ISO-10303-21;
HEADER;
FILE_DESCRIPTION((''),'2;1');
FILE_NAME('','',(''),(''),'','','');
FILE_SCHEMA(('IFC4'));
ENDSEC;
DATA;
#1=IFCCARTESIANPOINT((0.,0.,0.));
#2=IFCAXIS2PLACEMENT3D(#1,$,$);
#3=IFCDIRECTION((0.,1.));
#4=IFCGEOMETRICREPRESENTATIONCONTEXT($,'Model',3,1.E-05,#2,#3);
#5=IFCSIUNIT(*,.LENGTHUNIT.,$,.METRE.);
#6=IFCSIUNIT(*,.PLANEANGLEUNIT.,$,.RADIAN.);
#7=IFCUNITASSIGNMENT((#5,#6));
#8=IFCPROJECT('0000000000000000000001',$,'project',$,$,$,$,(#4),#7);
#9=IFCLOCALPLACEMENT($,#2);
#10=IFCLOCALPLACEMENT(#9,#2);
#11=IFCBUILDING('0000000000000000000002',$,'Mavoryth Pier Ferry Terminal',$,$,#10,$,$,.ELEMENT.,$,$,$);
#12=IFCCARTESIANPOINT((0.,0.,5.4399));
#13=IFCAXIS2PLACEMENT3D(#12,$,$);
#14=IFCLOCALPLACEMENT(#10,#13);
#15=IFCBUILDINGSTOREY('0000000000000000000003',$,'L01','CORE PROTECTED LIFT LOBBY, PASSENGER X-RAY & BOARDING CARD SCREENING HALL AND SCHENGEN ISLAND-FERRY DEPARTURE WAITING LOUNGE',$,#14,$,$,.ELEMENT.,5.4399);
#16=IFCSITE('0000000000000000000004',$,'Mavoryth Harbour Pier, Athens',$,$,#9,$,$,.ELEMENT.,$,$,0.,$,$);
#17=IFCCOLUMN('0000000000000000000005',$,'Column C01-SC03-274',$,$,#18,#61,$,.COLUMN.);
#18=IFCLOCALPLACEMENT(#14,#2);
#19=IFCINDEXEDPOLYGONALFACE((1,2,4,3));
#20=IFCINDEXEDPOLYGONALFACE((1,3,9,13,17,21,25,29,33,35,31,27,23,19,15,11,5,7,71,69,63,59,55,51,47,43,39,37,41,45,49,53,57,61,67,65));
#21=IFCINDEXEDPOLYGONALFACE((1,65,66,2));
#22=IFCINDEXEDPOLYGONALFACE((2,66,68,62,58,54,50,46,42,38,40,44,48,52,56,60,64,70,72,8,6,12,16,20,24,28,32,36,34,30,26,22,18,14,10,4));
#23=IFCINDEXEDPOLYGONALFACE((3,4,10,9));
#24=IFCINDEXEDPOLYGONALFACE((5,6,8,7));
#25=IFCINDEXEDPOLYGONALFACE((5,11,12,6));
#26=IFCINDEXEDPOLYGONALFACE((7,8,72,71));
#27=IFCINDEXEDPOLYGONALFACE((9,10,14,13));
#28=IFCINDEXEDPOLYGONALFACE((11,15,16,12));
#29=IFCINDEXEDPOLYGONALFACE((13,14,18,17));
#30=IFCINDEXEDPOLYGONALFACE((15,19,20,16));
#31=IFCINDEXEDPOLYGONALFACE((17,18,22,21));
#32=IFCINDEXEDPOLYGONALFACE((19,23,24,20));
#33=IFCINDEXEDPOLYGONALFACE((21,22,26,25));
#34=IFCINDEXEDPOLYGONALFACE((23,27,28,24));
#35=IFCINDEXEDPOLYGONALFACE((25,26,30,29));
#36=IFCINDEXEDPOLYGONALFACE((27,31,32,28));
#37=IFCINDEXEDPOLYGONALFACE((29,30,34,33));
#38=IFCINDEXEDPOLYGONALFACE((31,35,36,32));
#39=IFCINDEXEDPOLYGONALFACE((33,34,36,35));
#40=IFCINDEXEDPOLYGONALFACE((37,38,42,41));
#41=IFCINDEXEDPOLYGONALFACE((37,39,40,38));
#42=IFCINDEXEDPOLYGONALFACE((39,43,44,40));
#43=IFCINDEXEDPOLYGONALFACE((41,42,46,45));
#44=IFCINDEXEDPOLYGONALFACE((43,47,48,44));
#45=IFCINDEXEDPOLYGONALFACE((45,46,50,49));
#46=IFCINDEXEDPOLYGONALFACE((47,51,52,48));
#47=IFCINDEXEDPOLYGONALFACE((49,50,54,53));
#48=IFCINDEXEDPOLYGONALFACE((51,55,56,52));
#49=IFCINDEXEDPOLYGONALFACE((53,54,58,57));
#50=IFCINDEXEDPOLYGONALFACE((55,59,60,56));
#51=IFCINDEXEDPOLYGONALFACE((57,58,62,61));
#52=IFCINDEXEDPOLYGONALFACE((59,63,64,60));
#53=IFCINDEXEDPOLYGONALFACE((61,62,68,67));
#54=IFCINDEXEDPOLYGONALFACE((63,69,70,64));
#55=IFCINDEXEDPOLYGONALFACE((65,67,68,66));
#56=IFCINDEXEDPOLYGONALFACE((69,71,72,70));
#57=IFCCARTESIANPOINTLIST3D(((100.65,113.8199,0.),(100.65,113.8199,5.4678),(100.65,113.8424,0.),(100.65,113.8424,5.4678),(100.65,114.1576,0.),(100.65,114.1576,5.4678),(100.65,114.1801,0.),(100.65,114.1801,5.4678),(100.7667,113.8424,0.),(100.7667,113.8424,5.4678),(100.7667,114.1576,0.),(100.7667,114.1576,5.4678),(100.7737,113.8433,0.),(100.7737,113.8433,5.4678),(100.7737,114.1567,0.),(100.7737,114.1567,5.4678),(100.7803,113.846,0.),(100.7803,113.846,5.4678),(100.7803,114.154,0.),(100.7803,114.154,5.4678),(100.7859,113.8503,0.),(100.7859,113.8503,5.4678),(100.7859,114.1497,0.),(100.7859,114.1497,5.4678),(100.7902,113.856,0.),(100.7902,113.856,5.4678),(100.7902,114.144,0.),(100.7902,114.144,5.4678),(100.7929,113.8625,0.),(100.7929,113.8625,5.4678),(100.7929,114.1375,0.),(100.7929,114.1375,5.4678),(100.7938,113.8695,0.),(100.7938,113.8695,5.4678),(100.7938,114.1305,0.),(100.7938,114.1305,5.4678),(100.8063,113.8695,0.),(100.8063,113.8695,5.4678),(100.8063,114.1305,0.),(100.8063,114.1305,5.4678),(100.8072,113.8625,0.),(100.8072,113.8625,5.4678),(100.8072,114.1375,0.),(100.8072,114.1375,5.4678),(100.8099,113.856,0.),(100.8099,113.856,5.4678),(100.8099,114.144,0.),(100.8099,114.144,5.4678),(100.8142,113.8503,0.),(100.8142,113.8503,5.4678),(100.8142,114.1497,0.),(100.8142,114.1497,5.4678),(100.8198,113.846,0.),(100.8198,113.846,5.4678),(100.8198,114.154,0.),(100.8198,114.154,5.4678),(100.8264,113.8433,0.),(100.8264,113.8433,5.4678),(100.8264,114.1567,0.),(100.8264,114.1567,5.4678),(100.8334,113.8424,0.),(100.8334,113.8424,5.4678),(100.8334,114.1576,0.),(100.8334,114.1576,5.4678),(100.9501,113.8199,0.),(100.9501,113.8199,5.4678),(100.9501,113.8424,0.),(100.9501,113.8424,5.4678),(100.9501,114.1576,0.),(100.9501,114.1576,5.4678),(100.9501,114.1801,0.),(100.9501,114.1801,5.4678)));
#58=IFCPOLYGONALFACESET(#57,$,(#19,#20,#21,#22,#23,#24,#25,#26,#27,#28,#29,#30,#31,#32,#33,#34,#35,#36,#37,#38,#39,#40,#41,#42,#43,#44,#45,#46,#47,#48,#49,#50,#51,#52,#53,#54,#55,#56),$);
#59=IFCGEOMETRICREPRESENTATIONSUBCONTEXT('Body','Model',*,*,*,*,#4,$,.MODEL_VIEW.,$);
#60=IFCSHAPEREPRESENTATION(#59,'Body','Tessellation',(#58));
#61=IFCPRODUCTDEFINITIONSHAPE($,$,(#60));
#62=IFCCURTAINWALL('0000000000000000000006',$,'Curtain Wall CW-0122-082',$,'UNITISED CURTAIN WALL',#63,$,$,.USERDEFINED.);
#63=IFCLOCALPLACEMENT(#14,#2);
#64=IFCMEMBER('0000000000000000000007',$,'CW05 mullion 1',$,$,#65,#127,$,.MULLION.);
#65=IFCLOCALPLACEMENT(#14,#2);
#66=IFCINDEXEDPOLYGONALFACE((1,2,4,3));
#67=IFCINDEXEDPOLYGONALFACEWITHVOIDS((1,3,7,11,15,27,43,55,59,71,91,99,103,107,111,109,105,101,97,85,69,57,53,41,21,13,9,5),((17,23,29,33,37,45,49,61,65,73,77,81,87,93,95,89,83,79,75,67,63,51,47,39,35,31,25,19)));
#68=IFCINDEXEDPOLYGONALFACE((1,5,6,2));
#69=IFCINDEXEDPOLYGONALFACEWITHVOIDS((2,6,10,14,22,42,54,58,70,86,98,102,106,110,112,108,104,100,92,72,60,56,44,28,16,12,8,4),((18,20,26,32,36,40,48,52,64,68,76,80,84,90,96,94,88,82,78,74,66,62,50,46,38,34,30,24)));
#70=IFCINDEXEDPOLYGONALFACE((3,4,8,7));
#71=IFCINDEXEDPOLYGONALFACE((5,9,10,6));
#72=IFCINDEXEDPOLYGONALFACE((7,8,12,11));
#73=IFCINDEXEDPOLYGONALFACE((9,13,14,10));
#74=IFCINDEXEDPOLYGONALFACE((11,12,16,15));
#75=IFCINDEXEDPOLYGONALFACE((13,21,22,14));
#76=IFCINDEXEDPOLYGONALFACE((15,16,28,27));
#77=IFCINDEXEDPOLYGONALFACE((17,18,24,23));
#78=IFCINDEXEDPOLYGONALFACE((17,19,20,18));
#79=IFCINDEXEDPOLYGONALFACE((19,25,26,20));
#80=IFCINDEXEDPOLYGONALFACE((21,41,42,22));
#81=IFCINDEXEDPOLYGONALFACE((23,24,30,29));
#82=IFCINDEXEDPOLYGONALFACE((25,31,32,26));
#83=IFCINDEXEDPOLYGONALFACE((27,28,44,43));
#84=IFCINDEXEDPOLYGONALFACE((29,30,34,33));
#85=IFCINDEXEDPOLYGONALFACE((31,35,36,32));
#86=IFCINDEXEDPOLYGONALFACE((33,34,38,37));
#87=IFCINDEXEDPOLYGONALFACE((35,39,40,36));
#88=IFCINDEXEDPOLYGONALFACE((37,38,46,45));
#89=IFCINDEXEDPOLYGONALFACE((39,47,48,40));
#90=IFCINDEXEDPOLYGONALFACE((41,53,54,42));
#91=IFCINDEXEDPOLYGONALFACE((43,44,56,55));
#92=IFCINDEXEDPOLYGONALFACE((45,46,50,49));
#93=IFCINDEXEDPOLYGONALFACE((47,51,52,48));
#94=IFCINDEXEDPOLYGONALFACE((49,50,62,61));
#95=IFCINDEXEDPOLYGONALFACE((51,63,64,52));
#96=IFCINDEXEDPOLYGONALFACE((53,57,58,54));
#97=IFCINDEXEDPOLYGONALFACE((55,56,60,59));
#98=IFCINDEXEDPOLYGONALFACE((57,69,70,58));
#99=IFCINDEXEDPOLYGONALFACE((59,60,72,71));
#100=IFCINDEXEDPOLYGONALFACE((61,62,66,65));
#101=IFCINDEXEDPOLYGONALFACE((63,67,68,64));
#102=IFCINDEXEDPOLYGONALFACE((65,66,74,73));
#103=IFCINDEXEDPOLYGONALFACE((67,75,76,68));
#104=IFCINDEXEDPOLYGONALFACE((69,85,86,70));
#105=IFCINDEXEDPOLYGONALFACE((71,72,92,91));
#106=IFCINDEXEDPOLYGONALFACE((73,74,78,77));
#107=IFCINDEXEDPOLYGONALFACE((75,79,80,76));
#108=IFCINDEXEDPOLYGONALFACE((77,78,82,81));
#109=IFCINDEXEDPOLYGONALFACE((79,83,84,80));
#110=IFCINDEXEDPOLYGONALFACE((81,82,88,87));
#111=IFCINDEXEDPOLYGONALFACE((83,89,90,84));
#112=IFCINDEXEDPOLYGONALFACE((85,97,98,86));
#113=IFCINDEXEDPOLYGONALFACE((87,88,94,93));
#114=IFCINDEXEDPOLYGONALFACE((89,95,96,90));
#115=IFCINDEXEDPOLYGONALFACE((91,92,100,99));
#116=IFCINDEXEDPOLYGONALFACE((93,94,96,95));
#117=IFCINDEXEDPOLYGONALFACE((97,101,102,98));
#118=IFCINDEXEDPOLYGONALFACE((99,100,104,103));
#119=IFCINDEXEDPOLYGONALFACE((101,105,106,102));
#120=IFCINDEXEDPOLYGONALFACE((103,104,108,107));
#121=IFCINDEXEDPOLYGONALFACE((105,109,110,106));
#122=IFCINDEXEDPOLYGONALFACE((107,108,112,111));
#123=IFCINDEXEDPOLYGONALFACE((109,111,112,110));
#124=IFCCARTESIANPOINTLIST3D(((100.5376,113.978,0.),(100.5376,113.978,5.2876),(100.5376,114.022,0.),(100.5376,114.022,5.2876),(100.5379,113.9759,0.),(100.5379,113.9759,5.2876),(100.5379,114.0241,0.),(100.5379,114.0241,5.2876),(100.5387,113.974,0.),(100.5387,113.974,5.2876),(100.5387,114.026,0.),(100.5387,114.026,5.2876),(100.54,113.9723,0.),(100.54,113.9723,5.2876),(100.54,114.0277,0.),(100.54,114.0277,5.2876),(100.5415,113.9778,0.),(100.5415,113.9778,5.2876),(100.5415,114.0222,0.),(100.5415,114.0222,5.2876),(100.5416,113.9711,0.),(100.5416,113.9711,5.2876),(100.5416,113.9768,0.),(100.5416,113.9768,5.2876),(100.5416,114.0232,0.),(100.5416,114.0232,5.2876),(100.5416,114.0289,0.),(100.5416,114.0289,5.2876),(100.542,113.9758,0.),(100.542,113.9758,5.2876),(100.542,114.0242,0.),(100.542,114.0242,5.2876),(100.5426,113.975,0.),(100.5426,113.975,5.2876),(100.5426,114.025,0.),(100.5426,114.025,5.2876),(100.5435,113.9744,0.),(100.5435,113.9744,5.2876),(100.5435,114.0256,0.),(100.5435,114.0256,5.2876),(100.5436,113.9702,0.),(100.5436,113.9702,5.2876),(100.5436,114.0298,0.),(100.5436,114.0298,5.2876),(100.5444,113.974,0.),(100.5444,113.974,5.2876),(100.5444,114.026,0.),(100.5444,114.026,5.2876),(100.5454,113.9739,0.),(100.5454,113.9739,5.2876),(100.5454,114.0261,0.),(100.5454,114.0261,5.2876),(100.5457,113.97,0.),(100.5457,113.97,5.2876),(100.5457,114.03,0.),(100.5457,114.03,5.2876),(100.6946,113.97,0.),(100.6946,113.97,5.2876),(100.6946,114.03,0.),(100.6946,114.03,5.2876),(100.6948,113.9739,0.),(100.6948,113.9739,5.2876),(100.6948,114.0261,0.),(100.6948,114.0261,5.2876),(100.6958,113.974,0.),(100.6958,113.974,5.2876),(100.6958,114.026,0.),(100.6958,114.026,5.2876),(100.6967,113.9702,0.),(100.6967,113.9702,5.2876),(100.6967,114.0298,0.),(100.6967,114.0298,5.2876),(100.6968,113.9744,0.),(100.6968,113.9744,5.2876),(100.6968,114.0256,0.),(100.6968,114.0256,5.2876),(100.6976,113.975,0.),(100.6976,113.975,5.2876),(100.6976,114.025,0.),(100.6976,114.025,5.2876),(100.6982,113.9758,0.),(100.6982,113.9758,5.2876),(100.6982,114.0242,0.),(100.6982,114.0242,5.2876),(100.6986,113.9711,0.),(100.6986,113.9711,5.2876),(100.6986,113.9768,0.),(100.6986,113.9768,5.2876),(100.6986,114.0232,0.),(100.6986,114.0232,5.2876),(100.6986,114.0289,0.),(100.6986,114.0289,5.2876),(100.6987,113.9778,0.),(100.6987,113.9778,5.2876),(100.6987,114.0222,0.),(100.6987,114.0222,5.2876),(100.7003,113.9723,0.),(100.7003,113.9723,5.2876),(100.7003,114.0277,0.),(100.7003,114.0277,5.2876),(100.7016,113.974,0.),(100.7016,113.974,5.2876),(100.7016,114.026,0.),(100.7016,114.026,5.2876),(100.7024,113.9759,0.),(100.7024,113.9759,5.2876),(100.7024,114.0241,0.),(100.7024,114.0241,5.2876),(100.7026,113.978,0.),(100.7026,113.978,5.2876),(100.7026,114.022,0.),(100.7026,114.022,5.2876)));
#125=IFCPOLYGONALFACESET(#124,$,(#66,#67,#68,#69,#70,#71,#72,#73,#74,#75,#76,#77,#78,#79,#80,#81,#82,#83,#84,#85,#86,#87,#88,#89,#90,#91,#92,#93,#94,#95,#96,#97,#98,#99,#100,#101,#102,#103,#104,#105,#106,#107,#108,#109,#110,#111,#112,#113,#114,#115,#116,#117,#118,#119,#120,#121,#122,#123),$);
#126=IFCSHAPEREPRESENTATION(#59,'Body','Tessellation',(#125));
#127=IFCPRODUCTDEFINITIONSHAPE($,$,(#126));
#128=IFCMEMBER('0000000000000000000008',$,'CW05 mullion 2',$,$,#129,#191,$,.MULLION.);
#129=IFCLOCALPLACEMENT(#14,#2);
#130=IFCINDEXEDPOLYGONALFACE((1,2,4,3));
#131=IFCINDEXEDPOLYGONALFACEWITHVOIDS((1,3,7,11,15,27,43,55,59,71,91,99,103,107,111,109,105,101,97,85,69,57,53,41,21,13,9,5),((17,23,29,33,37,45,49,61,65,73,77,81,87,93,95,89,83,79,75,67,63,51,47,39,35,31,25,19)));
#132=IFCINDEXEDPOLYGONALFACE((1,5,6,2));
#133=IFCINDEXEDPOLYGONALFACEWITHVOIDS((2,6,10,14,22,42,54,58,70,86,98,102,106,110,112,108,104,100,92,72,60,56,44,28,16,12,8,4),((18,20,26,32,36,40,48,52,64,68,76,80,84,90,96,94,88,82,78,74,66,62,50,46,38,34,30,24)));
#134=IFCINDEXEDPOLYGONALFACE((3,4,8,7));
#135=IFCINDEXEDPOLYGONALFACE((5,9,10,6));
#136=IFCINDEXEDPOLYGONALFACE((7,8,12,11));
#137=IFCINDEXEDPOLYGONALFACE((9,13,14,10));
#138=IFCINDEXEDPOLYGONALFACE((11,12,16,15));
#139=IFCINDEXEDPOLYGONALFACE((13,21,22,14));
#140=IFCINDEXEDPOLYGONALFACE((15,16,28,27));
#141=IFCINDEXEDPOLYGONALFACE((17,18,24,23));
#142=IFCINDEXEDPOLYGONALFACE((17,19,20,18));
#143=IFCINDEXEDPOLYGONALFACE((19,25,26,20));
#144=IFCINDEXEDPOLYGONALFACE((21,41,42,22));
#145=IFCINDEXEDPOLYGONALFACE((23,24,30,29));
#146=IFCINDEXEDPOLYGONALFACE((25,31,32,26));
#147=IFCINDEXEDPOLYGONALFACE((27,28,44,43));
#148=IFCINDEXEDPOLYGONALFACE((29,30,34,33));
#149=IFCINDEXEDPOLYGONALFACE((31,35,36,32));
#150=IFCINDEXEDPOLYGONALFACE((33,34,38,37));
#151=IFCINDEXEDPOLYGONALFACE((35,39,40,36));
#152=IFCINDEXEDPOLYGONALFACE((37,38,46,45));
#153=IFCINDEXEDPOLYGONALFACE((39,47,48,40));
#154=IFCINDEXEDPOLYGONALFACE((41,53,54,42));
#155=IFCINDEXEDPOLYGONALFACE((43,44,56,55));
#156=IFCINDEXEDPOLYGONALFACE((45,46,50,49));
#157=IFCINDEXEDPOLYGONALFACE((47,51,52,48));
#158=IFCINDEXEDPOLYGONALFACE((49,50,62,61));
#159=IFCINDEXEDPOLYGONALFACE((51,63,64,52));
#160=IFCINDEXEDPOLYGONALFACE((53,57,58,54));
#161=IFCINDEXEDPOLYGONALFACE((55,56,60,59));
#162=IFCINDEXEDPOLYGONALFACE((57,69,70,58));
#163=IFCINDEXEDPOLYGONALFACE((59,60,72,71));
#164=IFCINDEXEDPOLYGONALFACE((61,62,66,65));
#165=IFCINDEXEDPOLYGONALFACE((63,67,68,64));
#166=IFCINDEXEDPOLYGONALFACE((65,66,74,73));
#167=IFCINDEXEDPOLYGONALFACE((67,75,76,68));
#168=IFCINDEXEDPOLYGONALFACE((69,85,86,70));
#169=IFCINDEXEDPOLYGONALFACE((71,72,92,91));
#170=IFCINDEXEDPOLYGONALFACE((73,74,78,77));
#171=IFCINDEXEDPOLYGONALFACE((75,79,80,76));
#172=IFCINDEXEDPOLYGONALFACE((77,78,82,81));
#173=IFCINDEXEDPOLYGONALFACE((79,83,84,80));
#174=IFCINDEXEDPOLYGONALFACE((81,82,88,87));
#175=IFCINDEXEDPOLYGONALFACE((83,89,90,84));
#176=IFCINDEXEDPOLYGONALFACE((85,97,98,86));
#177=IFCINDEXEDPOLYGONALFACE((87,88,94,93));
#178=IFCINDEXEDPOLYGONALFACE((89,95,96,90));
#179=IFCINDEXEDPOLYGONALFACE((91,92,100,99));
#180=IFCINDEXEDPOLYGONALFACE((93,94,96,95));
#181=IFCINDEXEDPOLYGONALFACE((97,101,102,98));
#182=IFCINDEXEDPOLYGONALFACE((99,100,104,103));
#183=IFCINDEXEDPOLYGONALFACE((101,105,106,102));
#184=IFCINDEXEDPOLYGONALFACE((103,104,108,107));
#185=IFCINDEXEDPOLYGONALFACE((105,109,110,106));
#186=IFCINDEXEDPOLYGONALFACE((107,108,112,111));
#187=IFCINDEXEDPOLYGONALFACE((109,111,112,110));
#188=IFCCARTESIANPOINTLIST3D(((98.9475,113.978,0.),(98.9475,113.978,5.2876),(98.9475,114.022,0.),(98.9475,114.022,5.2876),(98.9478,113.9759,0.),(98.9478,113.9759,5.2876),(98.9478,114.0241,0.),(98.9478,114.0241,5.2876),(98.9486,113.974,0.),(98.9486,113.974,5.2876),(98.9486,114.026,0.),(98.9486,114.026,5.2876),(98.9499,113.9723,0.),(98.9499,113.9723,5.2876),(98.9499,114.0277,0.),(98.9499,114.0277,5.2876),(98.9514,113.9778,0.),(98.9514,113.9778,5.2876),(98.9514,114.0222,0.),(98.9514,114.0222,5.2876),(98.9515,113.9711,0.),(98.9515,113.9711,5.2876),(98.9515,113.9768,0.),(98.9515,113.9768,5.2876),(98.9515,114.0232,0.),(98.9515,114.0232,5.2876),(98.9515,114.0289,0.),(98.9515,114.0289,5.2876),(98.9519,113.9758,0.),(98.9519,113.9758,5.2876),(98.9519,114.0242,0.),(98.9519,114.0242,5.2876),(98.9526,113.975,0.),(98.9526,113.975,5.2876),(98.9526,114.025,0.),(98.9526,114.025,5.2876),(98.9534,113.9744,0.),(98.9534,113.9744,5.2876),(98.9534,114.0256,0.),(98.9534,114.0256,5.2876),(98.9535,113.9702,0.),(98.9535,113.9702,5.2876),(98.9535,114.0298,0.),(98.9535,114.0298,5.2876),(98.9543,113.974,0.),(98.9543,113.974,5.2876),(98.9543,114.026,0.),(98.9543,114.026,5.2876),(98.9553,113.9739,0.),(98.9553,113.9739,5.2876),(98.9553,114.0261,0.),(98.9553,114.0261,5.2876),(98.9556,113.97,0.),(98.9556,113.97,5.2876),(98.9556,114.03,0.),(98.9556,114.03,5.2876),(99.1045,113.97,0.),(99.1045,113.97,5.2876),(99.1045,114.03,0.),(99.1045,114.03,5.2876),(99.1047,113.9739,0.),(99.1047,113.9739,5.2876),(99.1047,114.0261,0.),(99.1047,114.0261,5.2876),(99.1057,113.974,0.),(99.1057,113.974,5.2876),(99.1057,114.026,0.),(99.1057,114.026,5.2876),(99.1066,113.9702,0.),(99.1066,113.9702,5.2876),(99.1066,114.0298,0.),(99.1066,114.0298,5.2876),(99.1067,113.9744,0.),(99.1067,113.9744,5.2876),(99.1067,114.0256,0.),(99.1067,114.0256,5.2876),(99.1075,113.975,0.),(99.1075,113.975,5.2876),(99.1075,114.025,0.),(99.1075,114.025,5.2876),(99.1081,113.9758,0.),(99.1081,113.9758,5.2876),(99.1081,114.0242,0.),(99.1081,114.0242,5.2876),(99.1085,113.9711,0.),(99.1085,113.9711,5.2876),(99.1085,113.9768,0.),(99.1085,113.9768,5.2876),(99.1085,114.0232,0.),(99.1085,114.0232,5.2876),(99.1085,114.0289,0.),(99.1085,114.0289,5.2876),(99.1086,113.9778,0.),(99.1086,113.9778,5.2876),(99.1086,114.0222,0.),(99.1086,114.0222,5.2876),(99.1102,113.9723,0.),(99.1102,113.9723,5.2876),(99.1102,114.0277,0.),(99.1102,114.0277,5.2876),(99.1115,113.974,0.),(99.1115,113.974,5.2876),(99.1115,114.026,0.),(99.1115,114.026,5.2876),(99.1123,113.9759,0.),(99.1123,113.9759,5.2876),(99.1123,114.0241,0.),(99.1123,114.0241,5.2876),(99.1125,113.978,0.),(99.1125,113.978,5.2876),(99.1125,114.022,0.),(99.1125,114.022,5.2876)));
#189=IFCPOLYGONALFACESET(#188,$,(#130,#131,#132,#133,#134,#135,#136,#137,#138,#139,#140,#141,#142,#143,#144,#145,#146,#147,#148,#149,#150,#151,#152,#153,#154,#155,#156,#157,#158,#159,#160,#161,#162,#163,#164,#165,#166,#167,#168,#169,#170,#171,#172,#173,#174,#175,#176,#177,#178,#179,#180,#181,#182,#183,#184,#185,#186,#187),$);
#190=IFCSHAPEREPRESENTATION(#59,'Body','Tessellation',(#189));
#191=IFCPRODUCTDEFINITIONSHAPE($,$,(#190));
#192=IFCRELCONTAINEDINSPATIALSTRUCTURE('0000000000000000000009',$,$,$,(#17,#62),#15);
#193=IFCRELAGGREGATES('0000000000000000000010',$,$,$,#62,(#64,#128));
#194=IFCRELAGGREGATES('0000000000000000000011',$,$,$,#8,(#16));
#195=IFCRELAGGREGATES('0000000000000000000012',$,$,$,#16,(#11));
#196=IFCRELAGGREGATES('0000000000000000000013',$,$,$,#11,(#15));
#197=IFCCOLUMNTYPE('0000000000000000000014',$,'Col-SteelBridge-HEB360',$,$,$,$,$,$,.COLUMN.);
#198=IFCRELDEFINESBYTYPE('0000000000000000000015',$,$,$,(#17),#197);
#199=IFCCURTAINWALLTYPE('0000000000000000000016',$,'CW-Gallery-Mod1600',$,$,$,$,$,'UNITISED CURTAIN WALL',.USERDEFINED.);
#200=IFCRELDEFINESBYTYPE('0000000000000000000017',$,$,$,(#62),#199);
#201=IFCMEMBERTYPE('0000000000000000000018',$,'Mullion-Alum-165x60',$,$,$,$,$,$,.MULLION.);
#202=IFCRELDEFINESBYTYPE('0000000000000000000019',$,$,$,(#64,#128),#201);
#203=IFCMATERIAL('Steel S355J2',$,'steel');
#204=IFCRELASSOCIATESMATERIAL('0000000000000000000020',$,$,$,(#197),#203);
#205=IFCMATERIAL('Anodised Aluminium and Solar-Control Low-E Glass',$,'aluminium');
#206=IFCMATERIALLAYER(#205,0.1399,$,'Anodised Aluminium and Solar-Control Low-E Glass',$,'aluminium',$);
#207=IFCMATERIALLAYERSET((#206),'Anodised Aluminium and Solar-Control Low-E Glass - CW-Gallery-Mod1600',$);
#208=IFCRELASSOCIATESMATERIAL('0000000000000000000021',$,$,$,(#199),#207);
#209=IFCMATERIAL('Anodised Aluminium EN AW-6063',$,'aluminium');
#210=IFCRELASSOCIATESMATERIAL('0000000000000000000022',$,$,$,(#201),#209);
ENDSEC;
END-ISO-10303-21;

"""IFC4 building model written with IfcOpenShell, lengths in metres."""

from ifc_helpers import new_model, si_unit, direction, frame, origin, origin_2d, place, context, subcontext, project, spatial, hollow_rectangle, i_section, extrude, material, layer, layer_set, material_profile, profile_set, type_object, element, aggregate, save


model = new_model("IFC4")

# Units and contexts
model_context = context("Model", 3, precision=1e-05, world=origin(), true_north=direction((0.0, 1.0)))
body_context = subcontext(model_context, "Body", "Model", "MODEL_VIEW")
ifc_project = project(units=[si_unit("LENGTHUNIT", "METRE"), si_unit("PLANEANGLEUNIT", "RADIAN")], contexts=[model_context])

# Site, building, storey
site_placement = place(None, origin())
site = spatial("IfcSite", under=ifc_project, at=site_placement, Name="Mavoryth Harbour Pier, Athens", CompositionType="ELEMENT", RefElevation=0.0)
building_placement = place(site_placement, origin())
building = spatial("IfcBuilding", under=site, at=building_placement, Name="Mavoryth Pier Ferry Terminal", CompositionType="ELEMENT")
storey_placement = place(building_placement, frame((0.0, 0.0, 5.4399)))
storey = spatial("IfcBuildingStorey", under=building, at=storey_placement, Name="L01", Description="CORE PROTECTED LIFT LOBBY, PASSENGER X-RAY & BOARDING CARD SCREENING HALL AND SCHENGEN ISLAND-FERRY DEPARTURE WAITING LOUNGE", CompositionType="ELEMENT", Elevation=5.4399)

# Column
ifc_material_1 = material(Name="Steel S355J2", Category="steel")
ifc_material_profile_1 = material_profile(ifc_material_1, i_section(OverallWidth=0.3, OverallDepth=0.3601, WebThickness=0.0125, FlangeThickness=0.0225, FilletRadius=0.0271, at=origin_2d()), Name="HEB 360", Category="steel")
ifc_profile_set_1 = profile_set([ifc_material_profile_1], Name="Steel S355J2 - HEB 360")
column_type = type_object("IfcColumnType", Name="Col-SteelBridge-HEB360", PredefinedType="COLUMN", material=ifc_profile_set_1)
column_placement = place(storey_placement, frame((100.8, 114.0, 0.0), z_axis=(0.0, 0.0, 1.0), x_axis=(1.0, 0.0, 0.0)))
element("IfcColumn", 1, at=column_placement, inside=storey, type_object=column_type, Name="Column C01-SC03-274", PredefinedType="COLUMN", context=body_context, shape_type="SweptSolid", body=[
    extrude(i_section(OverallWidth=0.3, OverallDepth=0.3601, WebThickness=0.0125, FlangeThickness=0.0225, FilletRadius=0.0271, at=origin_2d()), origin(), (0.0, 0.0, 1.0), 5.4678),
])

# Curtain wall, members
ifc_material_2 = material(Name="Anodised Aluminium and Solar-Control Low-E Glass", Category="aluminium")
ifc_layer_1 = layer(ifc_material_2, 0.1399, Name="Anodised Aluminium and Solar-Control Low-E Glass", Category="aluminium")
ifc_layer_set_1 = layer_set([ifc_layer_1], Name="Anodised Aluminium and Solar-Control Low-E Glass - CW-Gallery-Mod1600")
curtain_wall_type = type_object("IfcCurtainWallType", Name="CW-Gallery-Mod1600", ElementType="UNITISED CURTAIN WALL", PredefinedType="USERDEFINED", material=ifc_layer_set_1)
curtain_wall_placement = place(storey_placement, origin())
curtain_wall = element("IfcCurtainWall", 2, at=curtain_wall_placement, inside=storey, type_object=curtain_wall_type, Name="Curtain Wall CW-0122-082", ObjectType="UNITISED CURTAIN WALL", PredefinedType="USERDEFINED")
ifc_material_3 = material(Name="Anodised Aluminium EN AW-6063", Category="aluminium")
ifc_material_profile_2 = material_profile(ifc_material_3, hollow_rectangle(XDim=0.0601, YDim=0.165, WallThickness=0.0039, InnerFilletRadius=0.0039, OuterFilletRadius=0.0081, at=origin_2d()), Name="AL-MULL 165x60x4", Category="aluminium")
ifc_profile_set_2 = profile_set([ifc_material_profile_2], Name="Anodised Aluminium EN AW-6063 - AL-MULL 165x60x4")
member_type_1 = type_object("IfcMemberType", Name="Mullion-Alum-165x60", PredefinedType="MULLION", material=ifc_profile_set_2)
member_1_placement = place(storey_placement, frame((100.6201, 114.0, 0.0), z_axis=(0.0, 0.0, 1.0), x_axis=(0.0, -1.0, 0.0)))
member_1 = element("IfcMember", 3, at=member_1_placement, type_object=member_type_1, Name="CW05 mullion 1", PredefinedType="MULLION", context=body_context, shape_type="SweptSolid", body=[
    extrude(hollow_rectangle(XDim=0.0601, YDim=0.165, WallThickness=0.0039, InnerFilletRadius=0.0039, OuterFilletRadius=0.0081, at=origin_2d()), origin(), (0.0, 0.0, 1.0), 5.2876),
])
member_2_placement = place(storey_placement, frame((99.03, 114.0, 0.0), z_axis=(0.0, 0.0, 1.0), x_axis=(0.0, -1.0, 0.0)))
member_2 = element("IfcMember", 4, at=member_2_placement, type_object=member_type_1, Name="CW05 mullion 2", PredefinedType="MULLION", context=body_context, shape_type="SweptSolid", body=[
    extrude(hollow_rectangle(XDim=0.0601, YDim=0.165, WallThickness=0.0039, InnerFilletRadius=0.0039, OuterFilletRadius=0.0081, at=origin_2d()), origin(), (0.0, 0.0, 1.0), 5.2876),
])
aggregate(curtain_wall, [member_1, member_2])

save(model, "model.ifc")
